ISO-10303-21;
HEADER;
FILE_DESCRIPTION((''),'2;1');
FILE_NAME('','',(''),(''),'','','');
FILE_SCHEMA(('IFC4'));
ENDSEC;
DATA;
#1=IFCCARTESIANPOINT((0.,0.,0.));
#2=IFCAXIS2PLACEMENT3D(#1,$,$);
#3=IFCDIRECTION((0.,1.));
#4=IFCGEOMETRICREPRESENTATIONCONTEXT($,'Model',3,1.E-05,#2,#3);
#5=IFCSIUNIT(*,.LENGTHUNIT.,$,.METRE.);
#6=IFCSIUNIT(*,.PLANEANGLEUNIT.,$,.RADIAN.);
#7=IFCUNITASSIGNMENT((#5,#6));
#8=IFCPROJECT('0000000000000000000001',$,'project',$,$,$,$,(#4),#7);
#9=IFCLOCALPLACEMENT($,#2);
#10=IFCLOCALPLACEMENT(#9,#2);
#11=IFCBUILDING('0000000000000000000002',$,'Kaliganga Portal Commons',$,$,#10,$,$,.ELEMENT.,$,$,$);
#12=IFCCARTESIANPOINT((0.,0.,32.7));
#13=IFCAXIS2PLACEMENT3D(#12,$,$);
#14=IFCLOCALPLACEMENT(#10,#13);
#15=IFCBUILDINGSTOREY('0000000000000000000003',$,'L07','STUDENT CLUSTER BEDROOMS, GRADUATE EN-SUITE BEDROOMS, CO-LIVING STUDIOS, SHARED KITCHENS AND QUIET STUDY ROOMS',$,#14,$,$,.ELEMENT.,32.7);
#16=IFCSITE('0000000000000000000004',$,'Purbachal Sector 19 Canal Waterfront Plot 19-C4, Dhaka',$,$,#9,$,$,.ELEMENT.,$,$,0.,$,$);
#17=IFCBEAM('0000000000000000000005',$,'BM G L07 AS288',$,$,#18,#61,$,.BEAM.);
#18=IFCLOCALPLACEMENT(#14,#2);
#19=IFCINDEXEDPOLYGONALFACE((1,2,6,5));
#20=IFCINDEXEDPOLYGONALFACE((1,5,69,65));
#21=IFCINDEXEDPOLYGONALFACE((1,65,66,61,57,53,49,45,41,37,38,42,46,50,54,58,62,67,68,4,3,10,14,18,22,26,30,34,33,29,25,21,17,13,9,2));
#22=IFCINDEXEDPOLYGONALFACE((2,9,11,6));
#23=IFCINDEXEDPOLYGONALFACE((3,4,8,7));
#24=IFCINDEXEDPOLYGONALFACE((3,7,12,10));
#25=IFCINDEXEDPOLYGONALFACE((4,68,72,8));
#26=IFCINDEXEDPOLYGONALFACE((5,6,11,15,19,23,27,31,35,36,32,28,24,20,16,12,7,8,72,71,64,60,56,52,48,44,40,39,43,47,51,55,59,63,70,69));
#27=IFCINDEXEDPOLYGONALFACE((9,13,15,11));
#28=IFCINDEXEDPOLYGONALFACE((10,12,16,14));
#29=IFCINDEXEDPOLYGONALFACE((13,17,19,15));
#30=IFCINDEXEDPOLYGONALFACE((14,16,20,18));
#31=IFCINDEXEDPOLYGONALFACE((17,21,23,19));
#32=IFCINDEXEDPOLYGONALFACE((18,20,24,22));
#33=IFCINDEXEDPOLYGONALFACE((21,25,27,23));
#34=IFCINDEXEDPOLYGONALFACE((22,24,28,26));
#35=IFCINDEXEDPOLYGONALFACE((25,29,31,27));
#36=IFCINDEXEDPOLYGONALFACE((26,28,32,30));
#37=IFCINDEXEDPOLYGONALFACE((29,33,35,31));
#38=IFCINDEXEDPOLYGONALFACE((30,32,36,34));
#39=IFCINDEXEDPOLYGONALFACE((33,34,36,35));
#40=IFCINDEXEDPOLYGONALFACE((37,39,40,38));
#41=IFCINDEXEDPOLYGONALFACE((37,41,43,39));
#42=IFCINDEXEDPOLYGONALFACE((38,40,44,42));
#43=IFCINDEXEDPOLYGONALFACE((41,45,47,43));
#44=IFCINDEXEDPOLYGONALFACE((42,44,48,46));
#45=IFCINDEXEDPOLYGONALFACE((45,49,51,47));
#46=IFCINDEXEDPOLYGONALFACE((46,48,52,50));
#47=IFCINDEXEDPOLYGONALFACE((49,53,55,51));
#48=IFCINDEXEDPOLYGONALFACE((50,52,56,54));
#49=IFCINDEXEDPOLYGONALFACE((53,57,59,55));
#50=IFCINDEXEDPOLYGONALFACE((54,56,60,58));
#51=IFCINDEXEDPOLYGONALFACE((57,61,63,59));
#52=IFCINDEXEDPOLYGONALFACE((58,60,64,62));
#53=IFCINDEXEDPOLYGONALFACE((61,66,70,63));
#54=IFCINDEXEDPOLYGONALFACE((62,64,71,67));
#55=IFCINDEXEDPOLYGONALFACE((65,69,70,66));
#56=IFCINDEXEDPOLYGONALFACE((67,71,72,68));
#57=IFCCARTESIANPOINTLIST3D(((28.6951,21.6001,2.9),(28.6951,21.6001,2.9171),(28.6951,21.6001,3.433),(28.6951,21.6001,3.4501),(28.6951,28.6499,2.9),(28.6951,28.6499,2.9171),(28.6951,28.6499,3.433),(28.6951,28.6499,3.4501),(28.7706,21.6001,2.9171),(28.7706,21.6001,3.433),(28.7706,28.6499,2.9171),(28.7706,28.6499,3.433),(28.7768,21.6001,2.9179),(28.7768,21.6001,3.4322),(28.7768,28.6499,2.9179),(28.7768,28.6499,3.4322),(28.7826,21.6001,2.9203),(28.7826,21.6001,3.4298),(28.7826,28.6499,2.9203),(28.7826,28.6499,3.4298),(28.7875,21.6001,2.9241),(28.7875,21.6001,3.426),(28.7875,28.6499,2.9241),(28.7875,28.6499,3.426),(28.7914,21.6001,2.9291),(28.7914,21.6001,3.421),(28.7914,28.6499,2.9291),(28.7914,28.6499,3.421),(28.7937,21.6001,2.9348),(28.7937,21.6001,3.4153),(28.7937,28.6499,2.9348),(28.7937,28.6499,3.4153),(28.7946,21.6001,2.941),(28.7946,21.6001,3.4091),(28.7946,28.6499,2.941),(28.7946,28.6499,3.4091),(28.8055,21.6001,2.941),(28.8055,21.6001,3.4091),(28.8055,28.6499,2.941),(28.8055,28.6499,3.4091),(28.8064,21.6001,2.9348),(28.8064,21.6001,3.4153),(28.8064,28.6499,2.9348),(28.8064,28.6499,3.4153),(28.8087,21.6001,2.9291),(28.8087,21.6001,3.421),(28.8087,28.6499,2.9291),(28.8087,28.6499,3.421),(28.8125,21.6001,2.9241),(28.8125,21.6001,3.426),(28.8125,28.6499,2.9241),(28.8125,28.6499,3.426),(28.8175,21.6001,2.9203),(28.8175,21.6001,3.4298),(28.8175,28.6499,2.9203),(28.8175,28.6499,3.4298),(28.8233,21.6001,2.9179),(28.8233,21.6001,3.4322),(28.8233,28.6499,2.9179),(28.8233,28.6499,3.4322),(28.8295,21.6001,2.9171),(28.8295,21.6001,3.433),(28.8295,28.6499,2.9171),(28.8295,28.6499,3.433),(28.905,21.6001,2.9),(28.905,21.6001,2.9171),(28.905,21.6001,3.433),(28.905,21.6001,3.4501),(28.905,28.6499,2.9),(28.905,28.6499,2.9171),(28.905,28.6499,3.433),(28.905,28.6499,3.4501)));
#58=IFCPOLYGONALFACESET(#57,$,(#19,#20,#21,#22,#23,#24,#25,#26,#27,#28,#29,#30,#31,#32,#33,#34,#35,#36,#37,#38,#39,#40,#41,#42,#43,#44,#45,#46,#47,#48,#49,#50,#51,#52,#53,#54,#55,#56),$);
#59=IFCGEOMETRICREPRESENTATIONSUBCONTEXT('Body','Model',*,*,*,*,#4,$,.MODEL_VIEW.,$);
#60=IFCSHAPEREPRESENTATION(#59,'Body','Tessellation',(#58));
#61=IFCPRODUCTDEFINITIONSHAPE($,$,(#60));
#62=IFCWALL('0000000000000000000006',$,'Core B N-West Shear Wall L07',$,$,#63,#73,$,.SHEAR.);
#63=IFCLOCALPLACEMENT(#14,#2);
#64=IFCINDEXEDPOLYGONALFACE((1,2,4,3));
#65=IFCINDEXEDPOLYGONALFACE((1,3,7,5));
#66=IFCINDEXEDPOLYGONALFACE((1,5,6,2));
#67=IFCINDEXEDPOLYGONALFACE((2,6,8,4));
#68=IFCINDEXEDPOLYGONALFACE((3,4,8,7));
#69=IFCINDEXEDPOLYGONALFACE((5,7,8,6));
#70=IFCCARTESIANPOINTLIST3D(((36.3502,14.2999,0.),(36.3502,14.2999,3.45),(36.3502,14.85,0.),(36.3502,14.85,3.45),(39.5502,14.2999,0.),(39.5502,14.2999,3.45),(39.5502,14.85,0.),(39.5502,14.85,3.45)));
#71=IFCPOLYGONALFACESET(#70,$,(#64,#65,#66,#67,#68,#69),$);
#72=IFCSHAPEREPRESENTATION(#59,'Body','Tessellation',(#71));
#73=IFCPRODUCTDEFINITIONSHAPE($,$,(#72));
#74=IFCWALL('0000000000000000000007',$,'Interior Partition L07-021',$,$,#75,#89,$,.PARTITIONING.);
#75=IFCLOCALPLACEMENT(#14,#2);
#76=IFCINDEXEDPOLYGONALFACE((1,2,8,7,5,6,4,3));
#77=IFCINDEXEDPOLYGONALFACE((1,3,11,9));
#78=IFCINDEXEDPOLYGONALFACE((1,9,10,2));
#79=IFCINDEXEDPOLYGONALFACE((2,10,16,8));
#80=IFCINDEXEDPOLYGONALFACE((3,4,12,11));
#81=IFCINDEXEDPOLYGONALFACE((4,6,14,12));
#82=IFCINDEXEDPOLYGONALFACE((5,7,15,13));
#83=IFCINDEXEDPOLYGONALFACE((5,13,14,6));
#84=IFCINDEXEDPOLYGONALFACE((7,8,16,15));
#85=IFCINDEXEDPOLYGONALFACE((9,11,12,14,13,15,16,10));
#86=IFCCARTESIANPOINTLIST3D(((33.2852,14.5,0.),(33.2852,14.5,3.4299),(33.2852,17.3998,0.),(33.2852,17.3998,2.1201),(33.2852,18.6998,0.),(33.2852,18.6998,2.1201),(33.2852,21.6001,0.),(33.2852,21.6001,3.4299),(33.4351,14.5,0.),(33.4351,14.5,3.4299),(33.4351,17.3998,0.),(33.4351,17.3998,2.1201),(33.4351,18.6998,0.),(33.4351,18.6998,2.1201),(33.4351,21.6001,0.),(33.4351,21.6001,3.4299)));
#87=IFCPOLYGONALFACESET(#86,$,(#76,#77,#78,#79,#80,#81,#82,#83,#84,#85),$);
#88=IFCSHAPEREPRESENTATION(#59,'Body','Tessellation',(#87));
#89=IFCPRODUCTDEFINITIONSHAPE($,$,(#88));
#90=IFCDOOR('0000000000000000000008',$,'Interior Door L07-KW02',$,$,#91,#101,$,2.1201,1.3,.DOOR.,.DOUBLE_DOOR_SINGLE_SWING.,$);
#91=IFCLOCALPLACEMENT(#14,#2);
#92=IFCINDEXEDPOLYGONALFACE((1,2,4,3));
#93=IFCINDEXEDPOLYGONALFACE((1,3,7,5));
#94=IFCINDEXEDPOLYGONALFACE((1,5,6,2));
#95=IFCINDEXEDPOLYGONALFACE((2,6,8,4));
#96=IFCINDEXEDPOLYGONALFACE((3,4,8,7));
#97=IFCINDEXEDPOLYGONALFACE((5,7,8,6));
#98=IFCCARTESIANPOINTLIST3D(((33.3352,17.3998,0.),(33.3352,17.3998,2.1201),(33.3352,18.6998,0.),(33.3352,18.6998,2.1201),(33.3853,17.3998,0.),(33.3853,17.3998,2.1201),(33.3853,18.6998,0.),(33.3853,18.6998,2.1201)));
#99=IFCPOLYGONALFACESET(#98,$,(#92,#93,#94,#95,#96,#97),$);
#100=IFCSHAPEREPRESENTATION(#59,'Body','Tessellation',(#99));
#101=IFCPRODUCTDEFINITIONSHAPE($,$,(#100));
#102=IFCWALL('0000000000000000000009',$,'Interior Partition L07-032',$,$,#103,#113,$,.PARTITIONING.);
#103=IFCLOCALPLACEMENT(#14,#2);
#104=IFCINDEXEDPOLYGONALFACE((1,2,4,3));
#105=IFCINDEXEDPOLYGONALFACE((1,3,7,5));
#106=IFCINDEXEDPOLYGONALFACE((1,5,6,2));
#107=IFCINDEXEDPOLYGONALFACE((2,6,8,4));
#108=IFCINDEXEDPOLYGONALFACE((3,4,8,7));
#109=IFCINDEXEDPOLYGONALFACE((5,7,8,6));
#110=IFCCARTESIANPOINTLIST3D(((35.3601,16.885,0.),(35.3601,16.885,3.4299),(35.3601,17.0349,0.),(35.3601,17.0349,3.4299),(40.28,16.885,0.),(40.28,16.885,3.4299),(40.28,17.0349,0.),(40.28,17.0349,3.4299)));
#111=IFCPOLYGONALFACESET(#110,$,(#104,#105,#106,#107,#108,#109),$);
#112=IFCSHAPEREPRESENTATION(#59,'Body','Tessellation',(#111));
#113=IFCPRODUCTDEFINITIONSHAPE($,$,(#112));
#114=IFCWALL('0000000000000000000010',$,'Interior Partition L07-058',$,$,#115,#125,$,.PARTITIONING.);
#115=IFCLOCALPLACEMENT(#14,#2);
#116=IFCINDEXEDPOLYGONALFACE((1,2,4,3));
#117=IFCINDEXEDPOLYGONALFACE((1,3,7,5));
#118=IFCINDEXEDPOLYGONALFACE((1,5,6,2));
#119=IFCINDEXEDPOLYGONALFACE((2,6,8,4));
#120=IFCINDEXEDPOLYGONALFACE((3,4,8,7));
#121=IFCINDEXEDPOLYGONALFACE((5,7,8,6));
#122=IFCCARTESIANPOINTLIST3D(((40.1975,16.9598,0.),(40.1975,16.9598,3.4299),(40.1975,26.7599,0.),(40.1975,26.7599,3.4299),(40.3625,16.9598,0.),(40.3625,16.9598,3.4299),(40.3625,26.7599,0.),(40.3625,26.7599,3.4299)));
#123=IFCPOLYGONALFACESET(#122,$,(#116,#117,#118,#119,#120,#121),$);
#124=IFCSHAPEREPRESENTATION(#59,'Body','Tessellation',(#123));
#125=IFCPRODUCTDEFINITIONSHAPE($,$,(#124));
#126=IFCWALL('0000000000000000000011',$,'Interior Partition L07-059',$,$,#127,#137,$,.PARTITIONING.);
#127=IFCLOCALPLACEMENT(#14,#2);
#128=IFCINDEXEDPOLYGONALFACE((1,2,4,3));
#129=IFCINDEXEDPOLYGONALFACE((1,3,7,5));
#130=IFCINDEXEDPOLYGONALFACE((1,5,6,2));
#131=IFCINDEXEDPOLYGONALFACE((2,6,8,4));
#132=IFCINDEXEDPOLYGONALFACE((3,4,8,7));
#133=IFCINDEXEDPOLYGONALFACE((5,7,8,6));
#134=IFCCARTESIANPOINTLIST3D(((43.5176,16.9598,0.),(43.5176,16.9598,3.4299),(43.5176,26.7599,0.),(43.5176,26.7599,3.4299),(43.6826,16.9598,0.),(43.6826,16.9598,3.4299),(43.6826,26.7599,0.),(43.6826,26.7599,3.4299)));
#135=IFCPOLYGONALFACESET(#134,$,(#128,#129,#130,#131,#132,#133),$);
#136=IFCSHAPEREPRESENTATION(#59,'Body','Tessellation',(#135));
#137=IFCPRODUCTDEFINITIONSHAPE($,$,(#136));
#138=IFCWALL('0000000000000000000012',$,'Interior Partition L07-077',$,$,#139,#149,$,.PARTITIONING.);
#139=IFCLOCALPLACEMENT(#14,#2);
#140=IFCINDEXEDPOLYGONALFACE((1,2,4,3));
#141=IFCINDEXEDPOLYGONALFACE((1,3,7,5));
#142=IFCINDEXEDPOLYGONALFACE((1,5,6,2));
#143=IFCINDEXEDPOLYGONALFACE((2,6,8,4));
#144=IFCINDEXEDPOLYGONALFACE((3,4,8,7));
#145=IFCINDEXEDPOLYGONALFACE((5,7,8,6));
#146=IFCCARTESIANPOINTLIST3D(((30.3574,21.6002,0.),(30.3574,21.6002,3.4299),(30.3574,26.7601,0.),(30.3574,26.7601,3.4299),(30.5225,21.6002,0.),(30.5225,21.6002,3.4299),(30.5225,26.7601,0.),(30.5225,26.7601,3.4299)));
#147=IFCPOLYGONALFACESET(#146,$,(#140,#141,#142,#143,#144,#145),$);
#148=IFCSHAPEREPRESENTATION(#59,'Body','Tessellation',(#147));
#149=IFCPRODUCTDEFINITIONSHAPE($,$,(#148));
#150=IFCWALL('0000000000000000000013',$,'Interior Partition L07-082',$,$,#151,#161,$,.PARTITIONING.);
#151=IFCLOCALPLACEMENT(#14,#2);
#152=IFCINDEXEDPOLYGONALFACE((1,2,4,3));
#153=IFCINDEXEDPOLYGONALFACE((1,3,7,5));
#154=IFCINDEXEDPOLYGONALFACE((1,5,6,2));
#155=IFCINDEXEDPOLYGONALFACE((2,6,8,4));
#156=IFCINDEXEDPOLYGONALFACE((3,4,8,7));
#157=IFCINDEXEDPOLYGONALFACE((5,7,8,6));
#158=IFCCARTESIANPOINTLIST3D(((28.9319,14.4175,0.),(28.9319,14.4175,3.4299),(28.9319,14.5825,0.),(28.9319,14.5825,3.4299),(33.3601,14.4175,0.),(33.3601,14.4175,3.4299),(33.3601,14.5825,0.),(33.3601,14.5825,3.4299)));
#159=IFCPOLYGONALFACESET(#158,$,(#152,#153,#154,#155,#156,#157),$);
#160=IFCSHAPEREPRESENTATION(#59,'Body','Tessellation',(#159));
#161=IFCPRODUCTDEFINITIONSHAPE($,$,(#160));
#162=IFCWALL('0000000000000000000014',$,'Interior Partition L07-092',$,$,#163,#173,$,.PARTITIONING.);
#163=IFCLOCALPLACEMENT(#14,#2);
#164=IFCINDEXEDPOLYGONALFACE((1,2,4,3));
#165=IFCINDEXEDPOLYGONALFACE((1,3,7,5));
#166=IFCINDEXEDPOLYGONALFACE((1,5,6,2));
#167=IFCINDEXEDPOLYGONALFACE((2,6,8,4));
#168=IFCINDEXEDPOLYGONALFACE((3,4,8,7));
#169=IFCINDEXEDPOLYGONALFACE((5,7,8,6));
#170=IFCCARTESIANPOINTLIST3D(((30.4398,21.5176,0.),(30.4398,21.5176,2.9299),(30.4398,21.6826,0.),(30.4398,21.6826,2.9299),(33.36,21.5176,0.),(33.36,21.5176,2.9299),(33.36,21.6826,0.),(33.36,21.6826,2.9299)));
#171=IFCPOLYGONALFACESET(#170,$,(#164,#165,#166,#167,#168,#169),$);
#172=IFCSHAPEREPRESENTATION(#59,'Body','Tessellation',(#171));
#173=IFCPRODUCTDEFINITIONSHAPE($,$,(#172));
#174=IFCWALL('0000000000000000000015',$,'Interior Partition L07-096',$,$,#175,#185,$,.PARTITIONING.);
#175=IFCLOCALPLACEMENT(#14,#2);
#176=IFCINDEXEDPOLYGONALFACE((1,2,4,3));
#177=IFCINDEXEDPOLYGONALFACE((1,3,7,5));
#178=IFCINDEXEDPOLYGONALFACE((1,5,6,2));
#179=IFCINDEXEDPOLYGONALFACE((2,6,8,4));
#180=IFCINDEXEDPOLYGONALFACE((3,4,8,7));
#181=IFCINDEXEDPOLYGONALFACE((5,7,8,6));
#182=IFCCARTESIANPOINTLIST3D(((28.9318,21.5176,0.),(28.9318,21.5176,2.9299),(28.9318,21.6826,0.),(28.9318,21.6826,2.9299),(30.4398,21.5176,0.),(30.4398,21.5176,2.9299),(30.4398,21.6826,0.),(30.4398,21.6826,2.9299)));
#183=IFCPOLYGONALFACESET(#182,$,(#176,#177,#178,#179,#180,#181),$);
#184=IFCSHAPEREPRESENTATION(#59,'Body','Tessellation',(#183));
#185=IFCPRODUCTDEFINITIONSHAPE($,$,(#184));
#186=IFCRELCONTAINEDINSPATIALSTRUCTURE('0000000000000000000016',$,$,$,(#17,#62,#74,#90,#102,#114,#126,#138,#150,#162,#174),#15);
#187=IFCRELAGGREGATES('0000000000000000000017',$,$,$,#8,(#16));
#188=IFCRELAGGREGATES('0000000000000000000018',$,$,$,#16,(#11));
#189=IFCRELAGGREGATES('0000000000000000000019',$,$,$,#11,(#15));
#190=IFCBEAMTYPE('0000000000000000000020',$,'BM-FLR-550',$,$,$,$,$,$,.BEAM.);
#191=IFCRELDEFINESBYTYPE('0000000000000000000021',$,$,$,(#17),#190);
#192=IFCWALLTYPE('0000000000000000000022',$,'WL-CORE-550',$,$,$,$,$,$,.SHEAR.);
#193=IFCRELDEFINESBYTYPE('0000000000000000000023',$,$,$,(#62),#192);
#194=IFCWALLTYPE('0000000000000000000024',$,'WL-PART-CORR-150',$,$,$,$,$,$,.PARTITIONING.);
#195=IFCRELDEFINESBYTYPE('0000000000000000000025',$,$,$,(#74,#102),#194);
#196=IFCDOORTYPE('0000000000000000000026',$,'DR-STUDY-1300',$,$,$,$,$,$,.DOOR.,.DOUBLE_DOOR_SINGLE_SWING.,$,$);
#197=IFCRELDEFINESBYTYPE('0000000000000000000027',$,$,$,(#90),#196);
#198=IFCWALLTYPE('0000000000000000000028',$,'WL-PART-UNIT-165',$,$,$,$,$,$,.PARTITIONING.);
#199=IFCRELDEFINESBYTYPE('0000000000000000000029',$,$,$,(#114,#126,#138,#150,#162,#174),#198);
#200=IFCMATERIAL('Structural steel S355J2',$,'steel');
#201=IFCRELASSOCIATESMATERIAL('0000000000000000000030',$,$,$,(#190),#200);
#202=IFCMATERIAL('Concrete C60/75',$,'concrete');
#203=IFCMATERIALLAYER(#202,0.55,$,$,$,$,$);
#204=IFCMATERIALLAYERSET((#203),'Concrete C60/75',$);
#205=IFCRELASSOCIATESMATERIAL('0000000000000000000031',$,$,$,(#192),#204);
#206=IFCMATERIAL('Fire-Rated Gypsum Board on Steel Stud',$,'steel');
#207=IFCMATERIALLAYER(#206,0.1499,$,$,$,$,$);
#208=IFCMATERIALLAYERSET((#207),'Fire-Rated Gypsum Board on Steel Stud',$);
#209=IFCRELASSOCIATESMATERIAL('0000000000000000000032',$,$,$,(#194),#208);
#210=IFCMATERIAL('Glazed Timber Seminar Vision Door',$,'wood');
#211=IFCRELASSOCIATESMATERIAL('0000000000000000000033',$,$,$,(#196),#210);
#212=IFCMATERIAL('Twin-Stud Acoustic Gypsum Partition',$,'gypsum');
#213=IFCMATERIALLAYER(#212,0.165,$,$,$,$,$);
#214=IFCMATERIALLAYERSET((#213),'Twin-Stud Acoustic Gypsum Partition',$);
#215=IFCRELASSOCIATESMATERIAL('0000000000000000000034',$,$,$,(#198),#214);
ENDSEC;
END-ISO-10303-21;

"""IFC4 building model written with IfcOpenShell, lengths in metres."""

from ifc_helpers import new_model, si_unit, direction, frame, frame_2d, origin, origin_2d, place, context, subcontext, project, spatial, rectangle, i_section, extrude, source, transform, mapped, material, layer, layer_set, material_profile, profile_set, type_object, element, fill, save


model = new_model("IFC4")

# Units and contexts
model_context = context("Model", 3, precision=1e-05, world=origin(), true_north=direction((0.0, 1.0)))
body_context = subcontext(model_context, "Body", "Model", "MODEL_VIEW")
ifc_project = project(units=[si_unit("LENGTHUNIT", "METRE"), si_unit("PLANEANGLEUNIT", "RADIAN")], contexts=[model_context])

# Site, building, storey
site_placement = place(None, origin())
site = spatial("IfcSite", under=ifc_project, at=site_placement, Name="Purbachal Sector 19 Canal Waterfront Plot 19-C4, Dhaka", CompositionType="ELEMENT", RefElevation=0.0)
building_placement = place(site_placement, origin())
building = spatial("IfcBuilding", under=site, at=building_placement, Name="Kaliganga Portal Commons", CompositionType="ELEMENT")
storey_placement = place(building_placement, frame((0.0, 0.0, 32.7)))
storey = spatial("IfcBuildingStorey", under=building, at=storey_placement, Name="L07", Description="STUDENT CLUSTER BEDROOMS, GRADUATE EN-SUITE BEDROOMS, CO-LIVING STUDIOS, SHARED KITCHENS AND QUIET STUDY ROOMS", CompositionType="ELEMENT", Elevation=32.7)

# Beam
ifc_material_1 = material(Name="Concrete C60/75", Category="concrete")
ifc_material_2 = material(Name="Structural steel S355J2", Category="steel")
ifc_material_profile_1 = material_profile(ifc_material_2, i_section(OverallWidth=0.21, OverallDepth=0.55, WebThickness=0.011, FlangeThickness=0.0171, FilletRadius=0.0239, at=origin_2d()), Name="IPE 550")
ifc_profile_set_1 = profile_set([ifc_material_profile_1], Name="Structural steel S355J2 wide-flange")
beam_type_1 = type_object("IfcBeamType", Name="BM-FLR-550", PredefinedType="BEAM", material=ifc_profile_set_1)
shared_shape_1 = source(origin(), body_context, "Body", "SweptSolid", [
    extrude(i_section(OverallWidth=0.21, OverallDepth=0.55, WebThickness=0.011, FlangeThickness=0.0171, FilletRadius=0.0239, at=origin_2d()), origin(), (0.0, 0.0, 1.0), 7.0498),
])
beam_1_placement = place(storey_placement, frame((28.8, 21.6001, 3.175), z_axis=(0.0, 1.0, 0.0), x_axis=(-1.0, 0.0, 0.0)))
element("IfcBeam", 1, at=beam_1_placement, inside=storey, type_object=beam_type_1, Name="BM G L07 AS288", PredefinedType="BEAM", context=body_context, shape_type="MappedRepresentation", body=[
    mapped(shared_shape_1, transform((0.0, 0.0, 0.0), x_axis=(1.0, 0.0, 0.0), y_axis=(0.0, 1.0, 0.0), z_axis=(0.0, 0.0, 1.0), scale=1.0)),
])

# Wall
ifc_layer_1 = layer(ifc_material_1, 0.55)
ifc_layer_set_1 = layer_set([ifc_layer_1], Name="Concrete C60/75")
wall_type_1 = type_object("IfcWallType", Name="WL-CORE-550", PredefinedType="SHEAR", material=ifc_layer_set_1)
wall_1_placement = place(storey_placement, frame((36.3501, 14.575, 0.0), z_axis=(0.0, 0.0, 1.0), x_axis=(1.0, 0.0, 0.0)))
element("IfcWall", 2, at=wall_1_placement, inside=storey, type_object=wall_type_1, Name="Core B N-West Shear Wall L07", PredefinedType="SHEAR", context=body_context, shape_type="SweptSolid", body=[
    extrude(rectangle(XDim=3.2, YDim=0.55, at=frame_2d((1.6001, 0.0))), origin(), (0.0, 0.0, 1.0), 3.45),
])

# Wall, opening, door
ifc_material_3 = material(Name="Fire-Rated Gypsum Board on Steel Stud", Category="steel")
ifc_layer_2 = layer(ifc_material_3, 0.1499)
ifc_layer_set_2 = layer_set([ifc_layer_2], Name="Fire-Rated Gypsum Board on Steel Stud")
wall_type_2 = type_object("IfcWallType", Name="WL-PART-CORR-150", PredefinedType="PARTITIONING", material=ifc_layer_set_2)
ifc_material_4 = material(Name="Glazed Timber Seminar Vision Door", Category="wood")
door_type_1 = type_object("IfcDoorType", Name="DR-STUDY-1300", OperationType="DOUBLE_DOOR_SINGLE_SWING", PredefinedType="DOOR", material=ifc_material_4)
wall_2_placement = place(storey_placement, frame((33.3601, 14.5, 0.0), z_axis=(0.0, 0.0, 1.0), x_axis=(0.0, 1.0, 0.0)))
wall_2 = element("IfcWall", 3, at=wall_2_placement, inside=storey, type_object=wall_type_2, Name="Interior Partition L07-021", PredefinedType="PARTITIONING", context=body_context, shape_type="SweptSolid", body=[
    extrude(rectangle(XDim=7.1001, YDim=0.1499, at=frame_2d((3.55, 0.0))), origin(), (0.0, 0.0, 1.0), 3.4299),
])
opening_1_placement = place(wall_2_placement, frame((2.8999, 0.0, 0.0)))
opening_1 = element("IfcOpeningElement", 4, at=opening_1_placement, cuts=wall_2, PredefinedType="OPENING", context=body_context, shape_type="SweptSolid", body=[
    extrude(rectangle(XDim=1.3, YDim=2.1201, at=frame_2d((0.6499, 1.0601))), frame((0.0, 0.085, 0.0), z_axis=(0.0, -1.0, 0.0), x_axis=(1.0, 0.0, 0.0)), (0.0, 0.0, 1.0), 0.1699),
])
door_1_placement = place(opening_1_placement, origin())
door_1 = element("IfcDoor", 5, at=door_1_placement, inside=storey, type_object=door_type_1, Name="Interior Door L07-KW02", OperationType="DOUBLE_DOOR_SINGLE_SWING", OverallHeight=2.1201, OverallWidth=1.3, PredefinedType="DOOR", context=body_context, shape_type="SweptSolid", body=[
    extrude(rectangle(XDim=1.3, YDim=2.1201, at=frame_2d((0.6499, 1.0601))), frame((0.0, 0.0249, 0.0), z_axis=(0.0, -1.0, 0.0), x_axis=(1.0, 0.0, 0.0)), (0.0, 0.0, 1.0), 0.05),
])
fill(opening_1, door_1)

# Wall
wall_3_placement = place(storey_placement, frame((35.3601, 16.96, 0.0), z_axis=(0.0, 0.0, 1.0), x_axis=(1.0, 0.0, 0.0)))
element("IfcWall", 6, at=wall_3_placement, inside=storey, type_object=wall_type_2, Name="Interior Partition L07-032", PredefinedType="PARTITIONING", context=body_context, shape_type="SweptSolid", body=[
    extrude(rectangle(XDim=4.9199, YDim=0.1499, at=frame_2d((2.46, 0.0))), origin(), (0.0, 0.0, 1.0), 3.4299),
])

# Walls
ifc_material_5 = material(Name="Twin-Stud Acoustic Gypsum Partition", Category="gypsum")
ifc_layer_3 = layer(ifc_material_5, 0.165)
ifc_layer_set_3 = layer_set([ifc_layer_3], Name="Twin-Stud Acoustic Gypsum Partition")
wall_type_3 = type_object("IfcWallType", Name="WL-PART-UNIT-165", PredefinedType="PARTITIONING", material=ifc_layer_set_3)
for number, where, z_axis, x_axis, name in (
    (7, (40.28, 16.96, 0.0), (0.0, 0.0, 1.0), (0.0, 1.0, 0.0), "Interior Partition L07-058"),
    (8, (43.6001, 16.96, 0.0), (0.0, 0.0, 1.0), (0.0, 1.0, 0.0), "Interior Partition L07-059"),
):
    element("IfcWall", number, at=place(storey_placement, frame(where, z_axis=z_axis, x_axis=x_axis)), inside=storey, type_object=wall_type_3, Name=name, PredefinedType="PARTITIONING", context=body_context, shape_type="SweptSolid", body=[
        extrude(rectangle(XDim=9.8, YDim=0.165, at=frame_2d((4.8999, 0.0))), origin(), (0.0, 0.0, 1.0), 3.4299),
    ])
wall_4_placement = place(storey_placement, frame((30.4399, 21.6001, 0.0), z_axis=(0.0, 0.0, 1.0), x_axis=(0.0, 1.0, 0.0)))
element("IfcWall", 9, at=wall_4_placement, inside=storey, type_object=wall_type_3, Name="Interior Partition L07-077", PredefinedType="PARTITIONING", context=body_context, shape_type="SweptSolid", body=[
    extrude(rectangle(XDim=5.1599, YDim=0.165, at=frame_2d((2.5801, 0.0))), origin(), (0.0, 0.0, 1.0), 3.4299),
])
wall_5_placement = place(storey_placement, frame((28.9319, 14.5, 0.0), z_axis=(0.0, 0.0, 1.0), x_axis=(1.0, 0.0, 0.0)))
element("IfcWall", 10, at=wall_5_placement, inside=storey, type_object=wall_type_3, Name="Interior Partition L07-082", PredefinedType="PARTITIONING", context=body_context, shape_type="SweptSolid", body=[
    extrude(rectangle(XDim=4.4282, YDim=0.165, at=frame_2d((2.2141, 0.0))), origin(), (0.0, 0.0, 1.0), 3.4299),
])
wall_6_placement = place(storey_placement, frame((30.4399, 21.6001, 0.0), z_axis=(0.0, 0.0, 1.0), x_axis=(1.0, 0.0, 0.0)))
element("IfcWall", 11, at=wall_6_placement, inside=storey, type_object=wall_type_3, Name="Interior Partition L07-092", PredefinedType="PARTITIONING", context=body_context, shape_type="SweptSolid", body=[
    extrude(rectangle(XDim=2.9202, YDim=0.165, at=frame_2d((1.46, 0.0))), origin(), (0.0, 0.0, 1.0), 2.9299),
])
wall_7_placement = place(storey_placement, frame((28.9319, 21.6001, 0.0), z_axis=(0.0, 0.0, 1.0), x_axis=(1.0, 0.0, 0.0)))
element("IfcWall", 12, at=wall_7_placement, inside=storey, type_object=wall_type_3, Name="Interior Partition L07-096", PredefinedType="PARTITIONING", context=body_context, shape_type="SweptSolid", body=[
    extrude(rectangle(XDim=1.5081, YDim=0.165, at=frame_2d((0.7539, 0.0))), origin(), (0.0, 0.0, 1.0), 2.9299),
])

save(model, "model.ifc")
